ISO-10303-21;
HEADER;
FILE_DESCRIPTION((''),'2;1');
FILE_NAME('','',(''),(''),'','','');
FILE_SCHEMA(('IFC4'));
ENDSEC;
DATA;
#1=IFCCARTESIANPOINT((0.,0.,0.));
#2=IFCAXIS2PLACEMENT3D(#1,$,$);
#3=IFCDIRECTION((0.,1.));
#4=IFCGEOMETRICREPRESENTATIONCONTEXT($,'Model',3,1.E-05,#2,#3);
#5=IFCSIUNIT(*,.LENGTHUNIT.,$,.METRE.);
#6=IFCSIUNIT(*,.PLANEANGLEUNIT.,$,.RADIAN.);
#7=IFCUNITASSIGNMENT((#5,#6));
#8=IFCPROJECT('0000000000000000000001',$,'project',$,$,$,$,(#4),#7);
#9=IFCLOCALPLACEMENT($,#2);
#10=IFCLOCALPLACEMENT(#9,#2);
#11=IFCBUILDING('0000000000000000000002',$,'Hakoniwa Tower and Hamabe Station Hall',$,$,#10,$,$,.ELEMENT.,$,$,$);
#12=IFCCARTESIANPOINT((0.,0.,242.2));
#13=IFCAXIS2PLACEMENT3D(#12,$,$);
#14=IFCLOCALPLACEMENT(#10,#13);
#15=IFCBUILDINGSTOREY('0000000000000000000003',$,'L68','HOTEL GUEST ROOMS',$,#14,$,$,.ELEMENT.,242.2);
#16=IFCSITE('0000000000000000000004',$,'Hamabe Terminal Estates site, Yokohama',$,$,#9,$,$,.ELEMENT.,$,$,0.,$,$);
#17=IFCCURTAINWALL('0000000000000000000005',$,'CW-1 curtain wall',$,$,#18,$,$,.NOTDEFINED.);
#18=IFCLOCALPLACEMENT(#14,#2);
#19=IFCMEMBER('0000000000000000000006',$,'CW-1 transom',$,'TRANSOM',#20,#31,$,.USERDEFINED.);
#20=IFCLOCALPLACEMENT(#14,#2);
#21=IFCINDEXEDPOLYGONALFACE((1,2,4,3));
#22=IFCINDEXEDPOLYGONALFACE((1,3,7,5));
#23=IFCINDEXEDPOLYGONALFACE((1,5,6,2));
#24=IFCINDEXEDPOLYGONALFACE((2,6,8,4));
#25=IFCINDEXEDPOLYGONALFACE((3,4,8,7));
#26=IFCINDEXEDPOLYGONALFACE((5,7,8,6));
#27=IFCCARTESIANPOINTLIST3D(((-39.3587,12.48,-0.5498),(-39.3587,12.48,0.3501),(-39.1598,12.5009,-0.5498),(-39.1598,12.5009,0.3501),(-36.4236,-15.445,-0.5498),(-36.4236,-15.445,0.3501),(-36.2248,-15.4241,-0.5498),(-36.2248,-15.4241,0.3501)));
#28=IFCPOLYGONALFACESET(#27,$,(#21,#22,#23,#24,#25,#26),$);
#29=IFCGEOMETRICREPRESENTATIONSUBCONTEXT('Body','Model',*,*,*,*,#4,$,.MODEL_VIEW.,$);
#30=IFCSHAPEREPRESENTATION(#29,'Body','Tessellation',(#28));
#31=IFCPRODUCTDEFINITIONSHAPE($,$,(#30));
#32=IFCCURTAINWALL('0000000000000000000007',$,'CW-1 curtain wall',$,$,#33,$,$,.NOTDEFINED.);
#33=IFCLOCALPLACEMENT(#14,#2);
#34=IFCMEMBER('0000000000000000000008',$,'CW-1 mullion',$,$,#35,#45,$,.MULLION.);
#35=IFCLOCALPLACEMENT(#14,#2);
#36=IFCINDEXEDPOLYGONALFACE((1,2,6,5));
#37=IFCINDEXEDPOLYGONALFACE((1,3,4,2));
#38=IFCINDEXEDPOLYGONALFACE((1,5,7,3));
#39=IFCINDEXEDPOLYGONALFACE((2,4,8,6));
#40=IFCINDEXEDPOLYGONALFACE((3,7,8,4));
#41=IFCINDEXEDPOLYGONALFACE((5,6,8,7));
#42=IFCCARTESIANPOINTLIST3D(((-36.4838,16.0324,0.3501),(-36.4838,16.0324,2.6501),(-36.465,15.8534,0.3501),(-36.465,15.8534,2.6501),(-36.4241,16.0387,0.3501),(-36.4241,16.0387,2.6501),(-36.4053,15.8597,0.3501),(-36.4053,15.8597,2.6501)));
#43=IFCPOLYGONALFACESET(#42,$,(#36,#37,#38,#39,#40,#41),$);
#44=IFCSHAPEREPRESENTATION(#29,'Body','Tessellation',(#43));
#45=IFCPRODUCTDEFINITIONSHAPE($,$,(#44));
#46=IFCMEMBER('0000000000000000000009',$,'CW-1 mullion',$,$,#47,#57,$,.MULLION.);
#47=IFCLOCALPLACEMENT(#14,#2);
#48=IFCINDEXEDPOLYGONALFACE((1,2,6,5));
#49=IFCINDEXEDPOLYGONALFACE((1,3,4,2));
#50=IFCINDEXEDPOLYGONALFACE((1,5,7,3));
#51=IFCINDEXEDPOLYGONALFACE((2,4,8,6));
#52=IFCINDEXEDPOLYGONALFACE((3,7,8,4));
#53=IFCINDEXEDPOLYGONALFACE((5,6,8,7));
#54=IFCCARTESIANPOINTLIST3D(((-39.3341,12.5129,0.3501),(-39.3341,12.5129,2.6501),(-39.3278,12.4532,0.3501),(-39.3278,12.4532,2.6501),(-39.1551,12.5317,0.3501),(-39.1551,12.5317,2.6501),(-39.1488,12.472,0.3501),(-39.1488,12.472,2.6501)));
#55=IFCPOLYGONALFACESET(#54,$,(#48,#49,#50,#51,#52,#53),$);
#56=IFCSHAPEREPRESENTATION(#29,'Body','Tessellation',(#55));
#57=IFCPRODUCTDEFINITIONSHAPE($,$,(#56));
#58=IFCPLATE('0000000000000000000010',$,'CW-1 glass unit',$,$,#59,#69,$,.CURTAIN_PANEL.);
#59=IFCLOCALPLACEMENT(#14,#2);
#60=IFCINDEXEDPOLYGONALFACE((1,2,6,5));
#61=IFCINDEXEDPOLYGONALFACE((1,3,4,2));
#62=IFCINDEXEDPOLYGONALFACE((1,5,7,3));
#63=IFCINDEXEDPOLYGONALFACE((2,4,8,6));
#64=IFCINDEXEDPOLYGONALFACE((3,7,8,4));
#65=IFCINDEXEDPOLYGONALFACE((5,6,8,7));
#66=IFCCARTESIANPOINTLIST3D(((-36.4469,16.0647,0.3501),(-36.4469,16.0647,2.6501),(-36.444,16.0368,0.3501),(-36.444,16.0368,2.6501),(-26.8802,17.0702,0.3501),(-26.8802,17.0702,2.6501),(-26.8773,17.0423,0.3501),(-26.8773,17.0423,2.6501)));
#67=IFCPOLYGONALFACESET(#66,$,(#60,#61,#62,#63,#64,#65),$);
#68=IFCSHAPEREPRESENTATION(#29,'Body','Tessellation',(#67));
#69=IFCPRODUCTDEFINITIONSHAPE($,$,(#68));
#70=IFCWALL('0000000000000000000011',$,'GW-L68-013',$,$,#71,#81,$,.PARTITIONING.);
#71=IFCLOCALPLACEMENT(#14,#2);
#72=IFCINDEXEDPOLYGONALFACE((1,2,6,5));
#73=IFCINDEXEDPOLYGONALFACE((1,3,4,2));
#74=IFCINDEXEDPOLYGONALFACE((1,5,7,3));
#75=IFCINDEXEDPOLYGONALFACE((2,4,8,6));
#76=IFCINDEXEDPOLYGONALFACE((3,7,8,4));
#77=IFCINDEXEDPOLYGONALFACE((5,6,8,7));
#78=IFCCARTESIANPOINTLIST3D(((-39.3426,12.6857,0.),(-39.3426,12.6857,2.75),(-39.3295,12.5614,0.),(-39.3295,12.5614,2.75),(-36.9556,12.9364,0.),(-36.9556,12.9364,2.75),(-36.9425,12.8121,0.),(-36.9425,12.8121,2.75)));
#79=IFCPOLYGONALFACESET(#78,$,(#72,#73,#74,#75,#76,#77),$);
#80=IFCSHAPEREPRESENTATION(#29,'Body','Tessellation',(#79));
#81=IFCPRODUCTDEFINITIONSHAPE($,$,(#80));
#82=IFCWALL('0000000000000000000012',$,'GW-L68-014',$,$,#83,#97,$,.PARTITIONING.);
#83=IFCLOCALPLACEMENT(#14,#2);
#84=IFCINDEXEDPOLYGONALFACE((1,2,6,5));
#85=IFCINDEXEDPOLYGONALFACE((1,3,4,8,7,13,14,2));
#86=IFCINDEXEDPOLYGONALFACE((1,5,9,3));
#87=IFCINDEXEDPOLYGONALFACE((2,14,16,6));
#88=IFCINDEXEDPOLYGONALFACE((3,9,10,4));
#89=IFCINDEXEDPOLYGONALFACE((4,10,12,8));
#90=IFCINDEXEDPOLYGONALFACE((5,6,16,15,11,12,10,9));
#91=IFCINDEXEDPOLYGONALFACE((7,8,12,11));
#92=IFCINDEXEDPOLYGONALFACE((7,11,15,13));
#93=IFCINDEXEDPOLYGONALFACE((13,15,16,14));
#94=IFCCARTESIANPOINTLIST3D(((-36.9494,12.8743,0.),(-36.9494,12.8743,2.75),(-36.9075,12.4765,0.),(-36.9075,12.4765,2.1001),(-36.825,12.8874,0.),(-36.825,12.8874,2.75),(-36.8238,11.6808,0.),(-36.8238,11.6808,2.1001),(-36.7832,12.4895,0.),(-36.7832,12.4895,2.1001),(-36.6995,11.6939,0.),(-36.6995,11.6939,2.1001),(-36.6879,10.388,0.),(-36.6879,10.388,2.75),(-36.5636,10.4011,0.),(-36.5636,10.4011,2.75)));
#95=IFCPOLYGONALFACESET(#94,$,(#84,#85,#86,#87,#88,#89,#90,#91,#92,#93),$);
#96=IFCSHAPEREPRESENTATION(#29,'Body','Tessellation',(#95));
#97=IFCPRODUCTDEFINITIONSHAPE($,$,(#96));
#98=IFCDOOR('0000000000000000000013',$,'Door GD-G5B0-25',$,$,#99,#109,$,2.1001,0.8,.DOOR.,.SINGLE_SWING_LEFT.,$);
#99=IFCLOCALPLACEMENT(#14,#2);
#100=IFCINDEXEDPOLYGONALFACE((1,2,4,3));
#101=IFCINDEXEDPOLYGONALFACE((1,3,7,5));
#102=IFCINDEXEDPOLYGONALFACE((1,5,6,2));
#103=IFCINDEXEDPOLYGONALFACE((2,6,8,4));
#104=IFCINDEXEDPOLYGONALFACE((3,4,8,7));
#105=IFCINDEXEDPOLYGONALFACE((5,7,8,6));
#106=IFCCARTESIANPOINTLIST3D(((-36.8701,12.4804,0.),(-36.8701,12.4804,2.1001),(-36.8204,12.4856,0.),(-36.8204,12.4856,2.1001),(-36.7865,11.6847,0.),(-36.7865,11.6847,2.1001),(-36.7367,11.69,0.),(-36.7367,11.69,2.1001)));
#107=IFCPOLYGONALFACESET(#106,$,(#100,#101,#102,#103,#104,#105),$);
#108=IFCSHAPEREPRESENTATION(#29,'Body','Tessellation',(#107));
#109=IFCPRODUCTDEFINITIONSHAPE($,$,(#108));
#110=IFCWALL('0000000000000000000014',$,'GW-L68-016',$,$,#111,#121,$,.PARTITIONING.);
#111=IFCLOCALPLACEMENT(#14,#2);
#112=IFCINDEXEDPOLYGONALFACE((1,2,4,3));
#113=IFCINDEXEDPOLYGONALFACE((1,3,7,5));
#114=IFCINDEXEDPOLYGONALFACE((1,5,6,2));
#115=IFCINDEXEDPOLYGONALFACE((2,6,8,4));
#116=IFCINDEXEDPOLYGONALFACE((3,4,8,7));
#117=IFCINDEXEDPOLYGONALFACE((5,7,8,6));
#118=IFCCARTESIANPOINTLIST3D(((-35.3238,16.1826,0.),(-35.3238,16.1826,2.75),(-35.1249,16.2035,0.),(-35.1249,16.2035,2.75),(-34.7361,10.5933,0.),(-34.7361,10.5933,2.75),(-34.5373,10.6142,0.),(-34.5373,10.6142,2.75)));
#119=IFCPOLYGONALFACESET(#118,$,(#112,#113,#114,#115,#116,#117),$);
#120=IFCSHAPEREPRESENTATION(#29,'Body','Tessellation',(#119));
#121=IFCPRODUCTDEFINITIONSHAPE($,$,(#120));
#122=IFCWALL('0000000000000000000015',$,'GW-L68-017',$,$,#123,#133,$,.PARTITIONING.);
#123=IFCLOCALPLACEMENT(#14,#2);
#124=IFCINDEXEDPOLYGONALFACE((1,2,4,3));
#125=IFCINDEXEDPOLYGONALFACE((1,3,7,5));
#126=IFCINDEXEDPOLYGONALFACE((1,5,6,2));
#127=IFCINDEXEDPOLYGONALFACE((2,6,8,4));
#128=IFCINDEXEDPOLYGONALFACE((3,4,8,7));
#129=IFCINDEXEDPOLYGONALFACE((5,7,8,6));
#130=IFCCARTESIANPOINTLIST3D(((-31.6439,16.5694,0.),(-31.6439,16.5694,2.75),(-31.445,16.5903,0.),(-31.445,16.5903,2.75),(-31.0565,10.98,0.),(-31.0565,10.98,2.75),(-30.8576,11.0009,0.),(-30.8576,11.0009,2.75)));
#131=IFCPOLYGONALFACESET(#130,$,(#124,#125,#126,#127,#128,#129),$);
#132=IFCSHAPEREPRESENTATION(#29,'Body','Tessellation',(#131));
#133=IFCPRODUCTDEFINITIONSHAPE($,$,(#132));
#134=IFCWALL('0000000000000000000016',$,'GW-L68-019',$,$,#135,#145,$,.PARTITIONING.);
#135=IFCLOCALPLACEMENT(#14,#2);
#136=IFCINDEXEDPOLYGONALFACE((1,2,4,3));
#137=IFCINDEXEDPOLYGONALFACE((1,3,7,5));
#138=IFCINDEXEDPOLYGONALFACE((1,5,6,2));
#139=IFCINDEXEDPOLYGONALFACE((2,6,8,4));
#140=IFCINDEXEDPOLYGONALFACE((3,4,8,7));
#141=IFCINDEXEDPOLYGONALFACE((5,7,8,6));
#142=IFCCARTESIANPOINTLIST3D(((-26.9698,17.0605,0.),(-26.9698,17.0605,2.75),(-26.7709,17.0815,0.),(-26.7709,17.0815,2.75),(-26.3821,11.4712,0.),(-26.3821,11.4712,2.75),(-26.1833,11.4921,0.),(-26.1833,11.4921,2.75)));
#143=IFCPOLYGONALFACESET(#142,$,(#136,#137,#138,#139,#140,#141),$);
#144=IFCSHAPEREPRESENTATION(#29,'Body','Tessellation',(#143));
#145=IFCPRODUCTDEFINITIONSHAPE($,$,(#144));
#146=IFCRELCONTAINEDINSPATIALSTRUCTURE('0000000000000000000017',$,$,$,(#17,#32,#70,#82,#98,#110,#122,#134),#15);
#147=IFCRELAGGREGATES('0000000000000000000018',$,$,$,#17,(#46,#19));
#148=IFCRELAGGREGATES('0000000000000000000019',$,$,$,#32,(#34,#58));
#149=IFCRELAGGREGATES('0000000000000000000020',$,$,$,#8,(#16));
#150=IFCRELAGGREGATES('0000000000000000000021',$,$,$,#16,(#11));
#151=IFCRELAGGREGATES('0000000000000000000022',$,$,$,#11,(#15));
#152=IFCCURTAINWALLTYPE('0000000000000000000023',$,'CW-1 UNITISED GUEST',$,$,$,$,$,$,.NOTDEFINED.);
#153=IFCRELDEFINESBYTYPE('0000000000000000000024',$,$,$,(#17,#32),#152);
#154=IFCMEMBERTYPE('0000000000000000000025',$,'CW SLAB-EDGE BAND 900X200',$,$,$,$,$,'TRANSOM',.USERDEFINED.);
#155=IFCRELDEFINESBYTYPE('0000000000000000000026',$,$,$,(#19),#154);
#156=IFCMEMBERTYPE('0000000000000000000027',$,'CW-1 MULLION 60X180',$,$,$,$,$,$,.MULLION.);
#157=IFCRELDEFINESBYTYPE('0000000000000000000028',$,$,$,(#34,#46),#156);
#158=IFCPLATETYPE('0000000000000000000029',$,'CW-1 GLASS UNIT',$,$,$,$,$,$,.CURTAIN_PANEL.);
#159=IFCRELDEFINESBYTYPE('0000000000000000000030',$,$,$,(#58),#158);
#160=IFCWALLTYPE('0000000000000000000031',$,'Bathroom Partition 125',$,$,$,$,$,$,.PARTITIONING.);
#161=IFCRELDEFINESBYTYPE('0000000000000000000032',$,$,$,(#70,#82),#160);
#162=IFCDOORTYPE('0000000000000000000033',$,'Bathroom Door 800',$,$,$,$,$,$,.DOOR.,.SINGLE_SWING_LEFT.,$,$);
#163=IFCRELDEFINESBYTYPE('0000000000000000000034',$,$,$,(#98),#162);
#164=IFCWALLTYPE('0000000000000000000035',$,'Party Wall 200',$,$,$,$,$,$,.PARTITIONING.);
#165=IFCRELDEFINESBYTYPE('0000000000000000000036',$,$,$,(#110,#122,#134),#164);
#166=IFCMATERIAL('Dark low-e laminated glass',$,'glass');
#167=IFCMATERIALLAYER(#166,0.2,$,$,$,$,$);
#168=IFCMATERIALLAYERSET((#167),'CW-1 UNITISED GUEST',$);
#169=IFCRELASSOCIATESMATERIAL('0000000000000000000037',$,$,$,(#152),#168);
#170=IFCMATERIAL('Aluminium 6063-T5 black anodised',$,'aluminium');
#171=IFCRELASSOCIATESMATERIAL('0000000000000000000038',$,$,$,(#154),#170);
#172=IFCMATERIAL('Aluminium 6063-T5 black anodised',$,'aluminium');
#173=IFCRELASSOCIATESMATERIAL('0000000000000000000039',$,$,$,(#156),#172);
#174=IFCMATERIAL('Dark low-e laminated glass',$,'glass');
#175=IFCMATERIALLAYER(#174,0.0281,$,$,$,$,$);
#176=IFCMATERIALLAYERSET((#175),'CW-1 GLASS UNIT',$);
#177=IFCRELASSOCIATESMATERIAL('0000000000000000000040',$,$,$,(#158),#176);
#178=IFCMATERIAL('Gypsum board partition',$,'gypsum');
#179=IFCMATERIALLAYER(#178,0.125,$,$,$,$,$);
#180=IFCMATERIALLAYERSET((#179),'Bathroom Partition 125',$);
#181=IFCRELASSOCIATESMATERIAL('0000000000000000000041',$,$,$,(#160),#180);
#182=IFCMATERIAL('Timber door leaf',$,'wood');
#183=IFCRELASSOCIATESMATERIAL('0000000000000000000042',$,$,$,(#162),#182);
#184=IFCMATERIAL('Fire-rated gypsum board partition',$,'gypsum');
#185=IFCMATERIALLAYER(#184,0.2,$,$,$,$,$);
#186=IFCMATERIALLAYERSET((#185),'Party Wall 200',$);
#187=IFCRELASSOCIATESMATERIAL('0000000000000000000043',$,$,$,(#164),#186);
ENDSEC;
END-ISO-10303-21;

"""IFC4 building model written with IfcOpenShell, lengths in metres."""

from ifc_helpers import new_model, si_unit, direction, frame, frame_2d, origin, origin_2d, place, context, subcontext, project, spatial, rectangle, extrude, material, layer, layer_set, material_profile, profile_set, type_object, element, fill, aggregate, save


model = new_model("IFC4")

# Units and contexts
model_context = context("Model", 3, precision=1e-05, world=origin(), true_north=direction((0.0, 1.0)))
body_context = subcontext(model_context, "Body", "Model", "MODEL_VIEW")
ifc_project = project(units=[si_unit("LENGTHUNIT", "METRE"), si_unit("PLANEANGLEUNIT", "RADIAN")], contexts=[model_context])

# Site, building, storey
site_placement = place(None, origin())
site = spatial("IfcSite", under=ifc_project, at=site_placement, Name="Hamabe Terminal Estates site, Yokohama", CompositionType="ELEMENT", RefElevation=0.0)
building_placement = place(site_placement, origin())
building = spatial("IfcBuilding", under=site, at=building_placement, Name="Hakoniwa Tower and Hamabe Station Hall", CompositionType="ELEMENT")
storey_placement = place(building_placement, frame((0.0, 0.0, 242.2)))
storey = spatial("IfcBuildingStorey", under=building, at=storey_placement, Name="L68", Description="HOTEL GUEST ROOMS", CompositionType="ELEMENT", Elevation=242.2)

# Curtain walls, members
ifc_material_1 = material(Name="Dark low-e laminated glass", Category="glass")
ifc_layer_1 = layer(ifc_material_1, 0.2)
ifc_layer_set_1 = layer_set([ifc_layer_1], Name="CW-1 UNITISED GUEST")
curtain_wall_type = type_object("IfcCurtainWallType", Name="CW-1 UNITISED GUEST", PredefinedType="NOTDEFINED", material=ifc_layer_set_1)
curtain_wall_1_placement = place(storey_placement, origin())
curtain_wall_1 = element("IfcCurtainWall", 1, at=curtain_wall_1_placement, inside=storey, type_object=curtain_wall_type, Name="CW-1 curtain wall", PredefinedType="NOTDEFINED")
ifc_material_2 = material(Name="Aluminium 6063-T5 black anodised", Category="aluminium")
ifc_material_profile_1 = material_profile(ifc_material_2, rectangle(XDim=0.2, YDim=0.8999, at=origin_2d()), Name="CW SLAB-EDGE BAND 900X200")
ifc_profile_set_1 = profile_set([ifc_material_profile_1], Name="Aluminium 6063-T5 black anodised")
member_type_1 = type_object("IfcMemberType", Name="CW SLAB-EDGE BAND 900X200", ElementType="TRANSOM", PredefinedType="USERDEFINED", material=ifc_profile_set_1)
member_1_placement = place(storey_placement, frame((-39.2593, 12.4905, -0.0999), z_axis=(0.104529, -0.994522, 0.0), x_axis=(0.994522, 0.104529, 0.0)))
member_1 = element("IfcMember", 2, at=member_1_placement, type_object=member_type_1, Name="CW-1 transom", ObjectType="TRANSOM", PredefinedType="USERDEFINED", context=body_context, shape_type="SweptSolid", body=[
    extrude(rectangle(XDim=0.2, YDim=0.8999, at=origin_2d()), origin(), (0.0, 0.0, 1.0), 28.0789),
])
curtain_wall_2_placement = place(storey_placement, origin())
curtain_wall_2 = element("IfcCurtainWall", 3, at=curtain_wall_2_placement, inside=storey, type_object=curtain_wall_type, Name="CW-1 curtain wall", PredefinedType="NOTDEFINED")
ifc_material_3 = material(Name="Aluminium 6063-T5 black anodised", Category="aluminium")
ifc_material_profile_2 = material_profile(ifc_material_3, rectangle(XDim=0.0601, YDim=0.1799, at=origin_2d()), Name="CW-1 MULLION 60X180")
ifc_profile_set_2 = profile_set([ifc_material_profile_2], Name="Aluminium 6063-T5 black anodised")
member_type_2 = type_object("IfcMemberType", Name="CW-1 MULLION 60X180", PredefinedType="MULLION", material=ifc_profile_set_2)
member_2_placement = place(storey_placement, frame((-36.4446, 15.946, 0.3501), z_axis=(0.0, 0.0, 1.0), x_axis=(-0.994522, -0.104528, 0.0)))
member_2 = element("IfcMember", 4, at=member_2_placement, type_object=member_type_2, Name="CW-1 mullion", PredefinedType="MULLION", context=body_context, shape_type="SweptSolid", body=[
    extrude(rectangle(XDim=0.0601, YDim=0.1799, at=origin_2d()), origin(), (0.0, 0.0, 1.0), 2.3),
])

# Member
member_3_placement = place(storey_placement, frame((-39.2415, 12.4924, 0.3501), z_axis=(0.0, 0.0, 1.0), x_axis=(0.104528, -0.994522, 0.0)))
member_3 = element("IfcMember", 5, at=member_3_placement, type_object=member_type_2, Name="CW-1 mullion", PredefinedType="MULLION", context=body_context, shape_type="SweptSolid", body=[
    extrude(rectangle(XDim=0.0601, YDim=0.1799, at=origin_2d()), origin(), (0.0, 0.0, 1.0), 2.3),
])
aggregate(curtain_wall_1, [member_3, member_1])

# Plate
ifc_material_4 = material(Name="Dark low-e laminated glass", Category="glass")
ifc_layer_2 = layer(ifc_material_4, 0.0281)
ifc_layer_set_2 = layer_set([ifc_layer_2], Name="CW-1 GLASS UNIT")
plate_type = type_object("IfcPlateType", Name="CW-1 GLASS UNIT", PredefinedType="CURTAIN_PANEL", material=ifc_layer_set_2)
plate_placement = place(storey_placement, frame((-31.6621, 16.5535, 0.3501), z_axis=(0.0, 0.0, 1.0), x_axis=(-0.994522, -0.104528, 0.0)))
plate = element("IfcPlate", 6, at=plate_placement, type_object=plate_type, Name="CW-1 glass unit", PredefinedType="CURTAIN_PANEL", context=body_context, shape_type="SweptSolid", body=[
    extrude(rectangle(XDim=9.6194, YDim=0.0281, at=origin_2d()), origin(), (0.0, 0.0, 1.0), 2.3),
])
aggregate(curtain_wall_2, [member_2, plate])

# Wall
ifc_material_5 = material(Name="Gypsum board partition", Category="gypsum")
ifc_layer_3 = layer(ifc_material_5, 0.125)
ifc_layer_set_3 = layer_set([ifc_layer_3], Name="Bathroom Partition 125")
wall_type_1 = type_object("IfcWallType", Name="Bathroom Partition 125", PredefinedType="PARTITIONING", material=ifc_layer_set_3)
wall_1_placement = place(storey_placement, frame((-39.3362, 12.6235, 0.0), z_axis=(0.0, 0.0, 1.0), x_axis=(0.994528, 0.104468, 0.0)))
element("IfcWall", 7, at=wall_1_placement, inside=storey, type_object=wall_type_1, Name="GW-L68-013", PredefinedType="PARTITIONING", context=body_context, shape_type="SweptSolid", body=[
    extrude(rectangle(XDim=2.4001, YDim=0.125, at=frame_2d((1.2002, 0.0))), origin(), (0.0, 0.0, 1.0), 2.75),
])

# Wall, opening, door
wall_2_placement = place(storey_placement, frame((-36.6257, 10.3945, 0.0), z_axis=(0.0, 0.0, 1.0), x_axis=(-0.104588, 0.994516, 0.0)))
wall_2 = element("IfcWall", 8, at=wall_2_placement, inside=storey, type_object=wall_type_1, Name="GW-L68-014", PredefinedType="PARTITIONING", context=body_context, shape_type="SweptSolid", body=[
    extrude(rectangle(XDim=2.5, YDim=0.125, at=frame_2d((1.25, 0.0))), origin(), (0.0, 0.0, 1.0), 2.75),
])
opening_placement = place(wall_2_placement, frame((1.3, 0.0, 0.0)))
opening = element("IfcOpeningElement", 9, at=opening_placement, cuts=wall_2, PredefinedType="OPENING", context=body_context, shape_type="SweptSolid", body=[
    extrude(rectangle(XDim=0.8, YDim=2.1001, at=frame_2d((0.3999, 1.05))), frame((0.0, 0.0725, 0.0), z_axis=(0.0, -1.0, 0.0), x_axis=(1.0, 0.0, 0.0)), (0.0, 0.0, 1.0), 0.145),
])
ifc_material_6 = material(Name="Timber door leaf", Category="wood")
door_type = type_object("IfcDoorType", Name="Bathroom Door 800", OperationType="SINGLE_SWING_LEFT", PredefinedType="DOOR", material=ifc_material_6)
door_placement = place(opening_placement, origin())
door = element("IfcDoor", 10, at=door_placement, inside=storey, type_object=door_type, Name="Door GD-G5B0-25", OperationType="SINGLE_SWING_LEFT", OverallHeight=2.1001, OverallWidth=0.8, PredefinedType="DOOR", context=body_context, shape_type="SweptSolid", body=[
    extrude(rectangle(XDim=0.8, YDim=2.1001, at=frame_2d((0.3999, 1.05))), frame((0.0, 0.0249, 0.0), z_axis=(0.0, -1.0, 0.0), x_axis=(1.0, 0.0, 0.0)), (0.0, 0.0, 1.0), 0.05),
])
fill(opening, door)

# Walls
ifc_material_7 = material(Name="Fire-rated gypsum board partition", Category="gypsum")
ifc_layer_4 = layer(ifc_material_7, 0.2)
ifc_layer_set_4 = layer_set([ifc_layer_4], Name="Party Wall 200")
wall_type_2 = type_object("IfcWallType", Name="Party Wall 200", PredefinedType="PARTITIONING", material=ifc_layer_set_4)
for number, where, z_axis, x_axis, name in (
    (11, (-34.6367, 10.6038, 0.0), (0.0, 0.0, 1.0), (-0.10456, 0.994519, 0.0), "GW-L68-016"),
    (12, (-30.957, 10.9905, 0.0), (0.0, 0.0, 1.0), (-0.104517, 0.994523, 0.0), "GW-L68-017"),
    (13, (-26.2827, 11.4817, 0.0), (0.0, 0.0, 1.0), (-0.10456, 0.994519, 0.0), "GW-L68-019"),
):
    element("IfcWall", number, at=place(storey_placement, frame(where, z_axis=z_axis, x_axis=x_axis)), inside=storey, type_object=wall_type_2, Name=name, PredefinedType="PARTITIONING", context=body_context, shape_type="SweptSolid", body=[
        extrude(rectangle(XDim=5.6201, YDim=0.2, at=frame_2d((2.8101, 0.0))), origin(), (0.0, 0.0, 1.0), 2.75),
    ])

save(model, "model.ifc")
